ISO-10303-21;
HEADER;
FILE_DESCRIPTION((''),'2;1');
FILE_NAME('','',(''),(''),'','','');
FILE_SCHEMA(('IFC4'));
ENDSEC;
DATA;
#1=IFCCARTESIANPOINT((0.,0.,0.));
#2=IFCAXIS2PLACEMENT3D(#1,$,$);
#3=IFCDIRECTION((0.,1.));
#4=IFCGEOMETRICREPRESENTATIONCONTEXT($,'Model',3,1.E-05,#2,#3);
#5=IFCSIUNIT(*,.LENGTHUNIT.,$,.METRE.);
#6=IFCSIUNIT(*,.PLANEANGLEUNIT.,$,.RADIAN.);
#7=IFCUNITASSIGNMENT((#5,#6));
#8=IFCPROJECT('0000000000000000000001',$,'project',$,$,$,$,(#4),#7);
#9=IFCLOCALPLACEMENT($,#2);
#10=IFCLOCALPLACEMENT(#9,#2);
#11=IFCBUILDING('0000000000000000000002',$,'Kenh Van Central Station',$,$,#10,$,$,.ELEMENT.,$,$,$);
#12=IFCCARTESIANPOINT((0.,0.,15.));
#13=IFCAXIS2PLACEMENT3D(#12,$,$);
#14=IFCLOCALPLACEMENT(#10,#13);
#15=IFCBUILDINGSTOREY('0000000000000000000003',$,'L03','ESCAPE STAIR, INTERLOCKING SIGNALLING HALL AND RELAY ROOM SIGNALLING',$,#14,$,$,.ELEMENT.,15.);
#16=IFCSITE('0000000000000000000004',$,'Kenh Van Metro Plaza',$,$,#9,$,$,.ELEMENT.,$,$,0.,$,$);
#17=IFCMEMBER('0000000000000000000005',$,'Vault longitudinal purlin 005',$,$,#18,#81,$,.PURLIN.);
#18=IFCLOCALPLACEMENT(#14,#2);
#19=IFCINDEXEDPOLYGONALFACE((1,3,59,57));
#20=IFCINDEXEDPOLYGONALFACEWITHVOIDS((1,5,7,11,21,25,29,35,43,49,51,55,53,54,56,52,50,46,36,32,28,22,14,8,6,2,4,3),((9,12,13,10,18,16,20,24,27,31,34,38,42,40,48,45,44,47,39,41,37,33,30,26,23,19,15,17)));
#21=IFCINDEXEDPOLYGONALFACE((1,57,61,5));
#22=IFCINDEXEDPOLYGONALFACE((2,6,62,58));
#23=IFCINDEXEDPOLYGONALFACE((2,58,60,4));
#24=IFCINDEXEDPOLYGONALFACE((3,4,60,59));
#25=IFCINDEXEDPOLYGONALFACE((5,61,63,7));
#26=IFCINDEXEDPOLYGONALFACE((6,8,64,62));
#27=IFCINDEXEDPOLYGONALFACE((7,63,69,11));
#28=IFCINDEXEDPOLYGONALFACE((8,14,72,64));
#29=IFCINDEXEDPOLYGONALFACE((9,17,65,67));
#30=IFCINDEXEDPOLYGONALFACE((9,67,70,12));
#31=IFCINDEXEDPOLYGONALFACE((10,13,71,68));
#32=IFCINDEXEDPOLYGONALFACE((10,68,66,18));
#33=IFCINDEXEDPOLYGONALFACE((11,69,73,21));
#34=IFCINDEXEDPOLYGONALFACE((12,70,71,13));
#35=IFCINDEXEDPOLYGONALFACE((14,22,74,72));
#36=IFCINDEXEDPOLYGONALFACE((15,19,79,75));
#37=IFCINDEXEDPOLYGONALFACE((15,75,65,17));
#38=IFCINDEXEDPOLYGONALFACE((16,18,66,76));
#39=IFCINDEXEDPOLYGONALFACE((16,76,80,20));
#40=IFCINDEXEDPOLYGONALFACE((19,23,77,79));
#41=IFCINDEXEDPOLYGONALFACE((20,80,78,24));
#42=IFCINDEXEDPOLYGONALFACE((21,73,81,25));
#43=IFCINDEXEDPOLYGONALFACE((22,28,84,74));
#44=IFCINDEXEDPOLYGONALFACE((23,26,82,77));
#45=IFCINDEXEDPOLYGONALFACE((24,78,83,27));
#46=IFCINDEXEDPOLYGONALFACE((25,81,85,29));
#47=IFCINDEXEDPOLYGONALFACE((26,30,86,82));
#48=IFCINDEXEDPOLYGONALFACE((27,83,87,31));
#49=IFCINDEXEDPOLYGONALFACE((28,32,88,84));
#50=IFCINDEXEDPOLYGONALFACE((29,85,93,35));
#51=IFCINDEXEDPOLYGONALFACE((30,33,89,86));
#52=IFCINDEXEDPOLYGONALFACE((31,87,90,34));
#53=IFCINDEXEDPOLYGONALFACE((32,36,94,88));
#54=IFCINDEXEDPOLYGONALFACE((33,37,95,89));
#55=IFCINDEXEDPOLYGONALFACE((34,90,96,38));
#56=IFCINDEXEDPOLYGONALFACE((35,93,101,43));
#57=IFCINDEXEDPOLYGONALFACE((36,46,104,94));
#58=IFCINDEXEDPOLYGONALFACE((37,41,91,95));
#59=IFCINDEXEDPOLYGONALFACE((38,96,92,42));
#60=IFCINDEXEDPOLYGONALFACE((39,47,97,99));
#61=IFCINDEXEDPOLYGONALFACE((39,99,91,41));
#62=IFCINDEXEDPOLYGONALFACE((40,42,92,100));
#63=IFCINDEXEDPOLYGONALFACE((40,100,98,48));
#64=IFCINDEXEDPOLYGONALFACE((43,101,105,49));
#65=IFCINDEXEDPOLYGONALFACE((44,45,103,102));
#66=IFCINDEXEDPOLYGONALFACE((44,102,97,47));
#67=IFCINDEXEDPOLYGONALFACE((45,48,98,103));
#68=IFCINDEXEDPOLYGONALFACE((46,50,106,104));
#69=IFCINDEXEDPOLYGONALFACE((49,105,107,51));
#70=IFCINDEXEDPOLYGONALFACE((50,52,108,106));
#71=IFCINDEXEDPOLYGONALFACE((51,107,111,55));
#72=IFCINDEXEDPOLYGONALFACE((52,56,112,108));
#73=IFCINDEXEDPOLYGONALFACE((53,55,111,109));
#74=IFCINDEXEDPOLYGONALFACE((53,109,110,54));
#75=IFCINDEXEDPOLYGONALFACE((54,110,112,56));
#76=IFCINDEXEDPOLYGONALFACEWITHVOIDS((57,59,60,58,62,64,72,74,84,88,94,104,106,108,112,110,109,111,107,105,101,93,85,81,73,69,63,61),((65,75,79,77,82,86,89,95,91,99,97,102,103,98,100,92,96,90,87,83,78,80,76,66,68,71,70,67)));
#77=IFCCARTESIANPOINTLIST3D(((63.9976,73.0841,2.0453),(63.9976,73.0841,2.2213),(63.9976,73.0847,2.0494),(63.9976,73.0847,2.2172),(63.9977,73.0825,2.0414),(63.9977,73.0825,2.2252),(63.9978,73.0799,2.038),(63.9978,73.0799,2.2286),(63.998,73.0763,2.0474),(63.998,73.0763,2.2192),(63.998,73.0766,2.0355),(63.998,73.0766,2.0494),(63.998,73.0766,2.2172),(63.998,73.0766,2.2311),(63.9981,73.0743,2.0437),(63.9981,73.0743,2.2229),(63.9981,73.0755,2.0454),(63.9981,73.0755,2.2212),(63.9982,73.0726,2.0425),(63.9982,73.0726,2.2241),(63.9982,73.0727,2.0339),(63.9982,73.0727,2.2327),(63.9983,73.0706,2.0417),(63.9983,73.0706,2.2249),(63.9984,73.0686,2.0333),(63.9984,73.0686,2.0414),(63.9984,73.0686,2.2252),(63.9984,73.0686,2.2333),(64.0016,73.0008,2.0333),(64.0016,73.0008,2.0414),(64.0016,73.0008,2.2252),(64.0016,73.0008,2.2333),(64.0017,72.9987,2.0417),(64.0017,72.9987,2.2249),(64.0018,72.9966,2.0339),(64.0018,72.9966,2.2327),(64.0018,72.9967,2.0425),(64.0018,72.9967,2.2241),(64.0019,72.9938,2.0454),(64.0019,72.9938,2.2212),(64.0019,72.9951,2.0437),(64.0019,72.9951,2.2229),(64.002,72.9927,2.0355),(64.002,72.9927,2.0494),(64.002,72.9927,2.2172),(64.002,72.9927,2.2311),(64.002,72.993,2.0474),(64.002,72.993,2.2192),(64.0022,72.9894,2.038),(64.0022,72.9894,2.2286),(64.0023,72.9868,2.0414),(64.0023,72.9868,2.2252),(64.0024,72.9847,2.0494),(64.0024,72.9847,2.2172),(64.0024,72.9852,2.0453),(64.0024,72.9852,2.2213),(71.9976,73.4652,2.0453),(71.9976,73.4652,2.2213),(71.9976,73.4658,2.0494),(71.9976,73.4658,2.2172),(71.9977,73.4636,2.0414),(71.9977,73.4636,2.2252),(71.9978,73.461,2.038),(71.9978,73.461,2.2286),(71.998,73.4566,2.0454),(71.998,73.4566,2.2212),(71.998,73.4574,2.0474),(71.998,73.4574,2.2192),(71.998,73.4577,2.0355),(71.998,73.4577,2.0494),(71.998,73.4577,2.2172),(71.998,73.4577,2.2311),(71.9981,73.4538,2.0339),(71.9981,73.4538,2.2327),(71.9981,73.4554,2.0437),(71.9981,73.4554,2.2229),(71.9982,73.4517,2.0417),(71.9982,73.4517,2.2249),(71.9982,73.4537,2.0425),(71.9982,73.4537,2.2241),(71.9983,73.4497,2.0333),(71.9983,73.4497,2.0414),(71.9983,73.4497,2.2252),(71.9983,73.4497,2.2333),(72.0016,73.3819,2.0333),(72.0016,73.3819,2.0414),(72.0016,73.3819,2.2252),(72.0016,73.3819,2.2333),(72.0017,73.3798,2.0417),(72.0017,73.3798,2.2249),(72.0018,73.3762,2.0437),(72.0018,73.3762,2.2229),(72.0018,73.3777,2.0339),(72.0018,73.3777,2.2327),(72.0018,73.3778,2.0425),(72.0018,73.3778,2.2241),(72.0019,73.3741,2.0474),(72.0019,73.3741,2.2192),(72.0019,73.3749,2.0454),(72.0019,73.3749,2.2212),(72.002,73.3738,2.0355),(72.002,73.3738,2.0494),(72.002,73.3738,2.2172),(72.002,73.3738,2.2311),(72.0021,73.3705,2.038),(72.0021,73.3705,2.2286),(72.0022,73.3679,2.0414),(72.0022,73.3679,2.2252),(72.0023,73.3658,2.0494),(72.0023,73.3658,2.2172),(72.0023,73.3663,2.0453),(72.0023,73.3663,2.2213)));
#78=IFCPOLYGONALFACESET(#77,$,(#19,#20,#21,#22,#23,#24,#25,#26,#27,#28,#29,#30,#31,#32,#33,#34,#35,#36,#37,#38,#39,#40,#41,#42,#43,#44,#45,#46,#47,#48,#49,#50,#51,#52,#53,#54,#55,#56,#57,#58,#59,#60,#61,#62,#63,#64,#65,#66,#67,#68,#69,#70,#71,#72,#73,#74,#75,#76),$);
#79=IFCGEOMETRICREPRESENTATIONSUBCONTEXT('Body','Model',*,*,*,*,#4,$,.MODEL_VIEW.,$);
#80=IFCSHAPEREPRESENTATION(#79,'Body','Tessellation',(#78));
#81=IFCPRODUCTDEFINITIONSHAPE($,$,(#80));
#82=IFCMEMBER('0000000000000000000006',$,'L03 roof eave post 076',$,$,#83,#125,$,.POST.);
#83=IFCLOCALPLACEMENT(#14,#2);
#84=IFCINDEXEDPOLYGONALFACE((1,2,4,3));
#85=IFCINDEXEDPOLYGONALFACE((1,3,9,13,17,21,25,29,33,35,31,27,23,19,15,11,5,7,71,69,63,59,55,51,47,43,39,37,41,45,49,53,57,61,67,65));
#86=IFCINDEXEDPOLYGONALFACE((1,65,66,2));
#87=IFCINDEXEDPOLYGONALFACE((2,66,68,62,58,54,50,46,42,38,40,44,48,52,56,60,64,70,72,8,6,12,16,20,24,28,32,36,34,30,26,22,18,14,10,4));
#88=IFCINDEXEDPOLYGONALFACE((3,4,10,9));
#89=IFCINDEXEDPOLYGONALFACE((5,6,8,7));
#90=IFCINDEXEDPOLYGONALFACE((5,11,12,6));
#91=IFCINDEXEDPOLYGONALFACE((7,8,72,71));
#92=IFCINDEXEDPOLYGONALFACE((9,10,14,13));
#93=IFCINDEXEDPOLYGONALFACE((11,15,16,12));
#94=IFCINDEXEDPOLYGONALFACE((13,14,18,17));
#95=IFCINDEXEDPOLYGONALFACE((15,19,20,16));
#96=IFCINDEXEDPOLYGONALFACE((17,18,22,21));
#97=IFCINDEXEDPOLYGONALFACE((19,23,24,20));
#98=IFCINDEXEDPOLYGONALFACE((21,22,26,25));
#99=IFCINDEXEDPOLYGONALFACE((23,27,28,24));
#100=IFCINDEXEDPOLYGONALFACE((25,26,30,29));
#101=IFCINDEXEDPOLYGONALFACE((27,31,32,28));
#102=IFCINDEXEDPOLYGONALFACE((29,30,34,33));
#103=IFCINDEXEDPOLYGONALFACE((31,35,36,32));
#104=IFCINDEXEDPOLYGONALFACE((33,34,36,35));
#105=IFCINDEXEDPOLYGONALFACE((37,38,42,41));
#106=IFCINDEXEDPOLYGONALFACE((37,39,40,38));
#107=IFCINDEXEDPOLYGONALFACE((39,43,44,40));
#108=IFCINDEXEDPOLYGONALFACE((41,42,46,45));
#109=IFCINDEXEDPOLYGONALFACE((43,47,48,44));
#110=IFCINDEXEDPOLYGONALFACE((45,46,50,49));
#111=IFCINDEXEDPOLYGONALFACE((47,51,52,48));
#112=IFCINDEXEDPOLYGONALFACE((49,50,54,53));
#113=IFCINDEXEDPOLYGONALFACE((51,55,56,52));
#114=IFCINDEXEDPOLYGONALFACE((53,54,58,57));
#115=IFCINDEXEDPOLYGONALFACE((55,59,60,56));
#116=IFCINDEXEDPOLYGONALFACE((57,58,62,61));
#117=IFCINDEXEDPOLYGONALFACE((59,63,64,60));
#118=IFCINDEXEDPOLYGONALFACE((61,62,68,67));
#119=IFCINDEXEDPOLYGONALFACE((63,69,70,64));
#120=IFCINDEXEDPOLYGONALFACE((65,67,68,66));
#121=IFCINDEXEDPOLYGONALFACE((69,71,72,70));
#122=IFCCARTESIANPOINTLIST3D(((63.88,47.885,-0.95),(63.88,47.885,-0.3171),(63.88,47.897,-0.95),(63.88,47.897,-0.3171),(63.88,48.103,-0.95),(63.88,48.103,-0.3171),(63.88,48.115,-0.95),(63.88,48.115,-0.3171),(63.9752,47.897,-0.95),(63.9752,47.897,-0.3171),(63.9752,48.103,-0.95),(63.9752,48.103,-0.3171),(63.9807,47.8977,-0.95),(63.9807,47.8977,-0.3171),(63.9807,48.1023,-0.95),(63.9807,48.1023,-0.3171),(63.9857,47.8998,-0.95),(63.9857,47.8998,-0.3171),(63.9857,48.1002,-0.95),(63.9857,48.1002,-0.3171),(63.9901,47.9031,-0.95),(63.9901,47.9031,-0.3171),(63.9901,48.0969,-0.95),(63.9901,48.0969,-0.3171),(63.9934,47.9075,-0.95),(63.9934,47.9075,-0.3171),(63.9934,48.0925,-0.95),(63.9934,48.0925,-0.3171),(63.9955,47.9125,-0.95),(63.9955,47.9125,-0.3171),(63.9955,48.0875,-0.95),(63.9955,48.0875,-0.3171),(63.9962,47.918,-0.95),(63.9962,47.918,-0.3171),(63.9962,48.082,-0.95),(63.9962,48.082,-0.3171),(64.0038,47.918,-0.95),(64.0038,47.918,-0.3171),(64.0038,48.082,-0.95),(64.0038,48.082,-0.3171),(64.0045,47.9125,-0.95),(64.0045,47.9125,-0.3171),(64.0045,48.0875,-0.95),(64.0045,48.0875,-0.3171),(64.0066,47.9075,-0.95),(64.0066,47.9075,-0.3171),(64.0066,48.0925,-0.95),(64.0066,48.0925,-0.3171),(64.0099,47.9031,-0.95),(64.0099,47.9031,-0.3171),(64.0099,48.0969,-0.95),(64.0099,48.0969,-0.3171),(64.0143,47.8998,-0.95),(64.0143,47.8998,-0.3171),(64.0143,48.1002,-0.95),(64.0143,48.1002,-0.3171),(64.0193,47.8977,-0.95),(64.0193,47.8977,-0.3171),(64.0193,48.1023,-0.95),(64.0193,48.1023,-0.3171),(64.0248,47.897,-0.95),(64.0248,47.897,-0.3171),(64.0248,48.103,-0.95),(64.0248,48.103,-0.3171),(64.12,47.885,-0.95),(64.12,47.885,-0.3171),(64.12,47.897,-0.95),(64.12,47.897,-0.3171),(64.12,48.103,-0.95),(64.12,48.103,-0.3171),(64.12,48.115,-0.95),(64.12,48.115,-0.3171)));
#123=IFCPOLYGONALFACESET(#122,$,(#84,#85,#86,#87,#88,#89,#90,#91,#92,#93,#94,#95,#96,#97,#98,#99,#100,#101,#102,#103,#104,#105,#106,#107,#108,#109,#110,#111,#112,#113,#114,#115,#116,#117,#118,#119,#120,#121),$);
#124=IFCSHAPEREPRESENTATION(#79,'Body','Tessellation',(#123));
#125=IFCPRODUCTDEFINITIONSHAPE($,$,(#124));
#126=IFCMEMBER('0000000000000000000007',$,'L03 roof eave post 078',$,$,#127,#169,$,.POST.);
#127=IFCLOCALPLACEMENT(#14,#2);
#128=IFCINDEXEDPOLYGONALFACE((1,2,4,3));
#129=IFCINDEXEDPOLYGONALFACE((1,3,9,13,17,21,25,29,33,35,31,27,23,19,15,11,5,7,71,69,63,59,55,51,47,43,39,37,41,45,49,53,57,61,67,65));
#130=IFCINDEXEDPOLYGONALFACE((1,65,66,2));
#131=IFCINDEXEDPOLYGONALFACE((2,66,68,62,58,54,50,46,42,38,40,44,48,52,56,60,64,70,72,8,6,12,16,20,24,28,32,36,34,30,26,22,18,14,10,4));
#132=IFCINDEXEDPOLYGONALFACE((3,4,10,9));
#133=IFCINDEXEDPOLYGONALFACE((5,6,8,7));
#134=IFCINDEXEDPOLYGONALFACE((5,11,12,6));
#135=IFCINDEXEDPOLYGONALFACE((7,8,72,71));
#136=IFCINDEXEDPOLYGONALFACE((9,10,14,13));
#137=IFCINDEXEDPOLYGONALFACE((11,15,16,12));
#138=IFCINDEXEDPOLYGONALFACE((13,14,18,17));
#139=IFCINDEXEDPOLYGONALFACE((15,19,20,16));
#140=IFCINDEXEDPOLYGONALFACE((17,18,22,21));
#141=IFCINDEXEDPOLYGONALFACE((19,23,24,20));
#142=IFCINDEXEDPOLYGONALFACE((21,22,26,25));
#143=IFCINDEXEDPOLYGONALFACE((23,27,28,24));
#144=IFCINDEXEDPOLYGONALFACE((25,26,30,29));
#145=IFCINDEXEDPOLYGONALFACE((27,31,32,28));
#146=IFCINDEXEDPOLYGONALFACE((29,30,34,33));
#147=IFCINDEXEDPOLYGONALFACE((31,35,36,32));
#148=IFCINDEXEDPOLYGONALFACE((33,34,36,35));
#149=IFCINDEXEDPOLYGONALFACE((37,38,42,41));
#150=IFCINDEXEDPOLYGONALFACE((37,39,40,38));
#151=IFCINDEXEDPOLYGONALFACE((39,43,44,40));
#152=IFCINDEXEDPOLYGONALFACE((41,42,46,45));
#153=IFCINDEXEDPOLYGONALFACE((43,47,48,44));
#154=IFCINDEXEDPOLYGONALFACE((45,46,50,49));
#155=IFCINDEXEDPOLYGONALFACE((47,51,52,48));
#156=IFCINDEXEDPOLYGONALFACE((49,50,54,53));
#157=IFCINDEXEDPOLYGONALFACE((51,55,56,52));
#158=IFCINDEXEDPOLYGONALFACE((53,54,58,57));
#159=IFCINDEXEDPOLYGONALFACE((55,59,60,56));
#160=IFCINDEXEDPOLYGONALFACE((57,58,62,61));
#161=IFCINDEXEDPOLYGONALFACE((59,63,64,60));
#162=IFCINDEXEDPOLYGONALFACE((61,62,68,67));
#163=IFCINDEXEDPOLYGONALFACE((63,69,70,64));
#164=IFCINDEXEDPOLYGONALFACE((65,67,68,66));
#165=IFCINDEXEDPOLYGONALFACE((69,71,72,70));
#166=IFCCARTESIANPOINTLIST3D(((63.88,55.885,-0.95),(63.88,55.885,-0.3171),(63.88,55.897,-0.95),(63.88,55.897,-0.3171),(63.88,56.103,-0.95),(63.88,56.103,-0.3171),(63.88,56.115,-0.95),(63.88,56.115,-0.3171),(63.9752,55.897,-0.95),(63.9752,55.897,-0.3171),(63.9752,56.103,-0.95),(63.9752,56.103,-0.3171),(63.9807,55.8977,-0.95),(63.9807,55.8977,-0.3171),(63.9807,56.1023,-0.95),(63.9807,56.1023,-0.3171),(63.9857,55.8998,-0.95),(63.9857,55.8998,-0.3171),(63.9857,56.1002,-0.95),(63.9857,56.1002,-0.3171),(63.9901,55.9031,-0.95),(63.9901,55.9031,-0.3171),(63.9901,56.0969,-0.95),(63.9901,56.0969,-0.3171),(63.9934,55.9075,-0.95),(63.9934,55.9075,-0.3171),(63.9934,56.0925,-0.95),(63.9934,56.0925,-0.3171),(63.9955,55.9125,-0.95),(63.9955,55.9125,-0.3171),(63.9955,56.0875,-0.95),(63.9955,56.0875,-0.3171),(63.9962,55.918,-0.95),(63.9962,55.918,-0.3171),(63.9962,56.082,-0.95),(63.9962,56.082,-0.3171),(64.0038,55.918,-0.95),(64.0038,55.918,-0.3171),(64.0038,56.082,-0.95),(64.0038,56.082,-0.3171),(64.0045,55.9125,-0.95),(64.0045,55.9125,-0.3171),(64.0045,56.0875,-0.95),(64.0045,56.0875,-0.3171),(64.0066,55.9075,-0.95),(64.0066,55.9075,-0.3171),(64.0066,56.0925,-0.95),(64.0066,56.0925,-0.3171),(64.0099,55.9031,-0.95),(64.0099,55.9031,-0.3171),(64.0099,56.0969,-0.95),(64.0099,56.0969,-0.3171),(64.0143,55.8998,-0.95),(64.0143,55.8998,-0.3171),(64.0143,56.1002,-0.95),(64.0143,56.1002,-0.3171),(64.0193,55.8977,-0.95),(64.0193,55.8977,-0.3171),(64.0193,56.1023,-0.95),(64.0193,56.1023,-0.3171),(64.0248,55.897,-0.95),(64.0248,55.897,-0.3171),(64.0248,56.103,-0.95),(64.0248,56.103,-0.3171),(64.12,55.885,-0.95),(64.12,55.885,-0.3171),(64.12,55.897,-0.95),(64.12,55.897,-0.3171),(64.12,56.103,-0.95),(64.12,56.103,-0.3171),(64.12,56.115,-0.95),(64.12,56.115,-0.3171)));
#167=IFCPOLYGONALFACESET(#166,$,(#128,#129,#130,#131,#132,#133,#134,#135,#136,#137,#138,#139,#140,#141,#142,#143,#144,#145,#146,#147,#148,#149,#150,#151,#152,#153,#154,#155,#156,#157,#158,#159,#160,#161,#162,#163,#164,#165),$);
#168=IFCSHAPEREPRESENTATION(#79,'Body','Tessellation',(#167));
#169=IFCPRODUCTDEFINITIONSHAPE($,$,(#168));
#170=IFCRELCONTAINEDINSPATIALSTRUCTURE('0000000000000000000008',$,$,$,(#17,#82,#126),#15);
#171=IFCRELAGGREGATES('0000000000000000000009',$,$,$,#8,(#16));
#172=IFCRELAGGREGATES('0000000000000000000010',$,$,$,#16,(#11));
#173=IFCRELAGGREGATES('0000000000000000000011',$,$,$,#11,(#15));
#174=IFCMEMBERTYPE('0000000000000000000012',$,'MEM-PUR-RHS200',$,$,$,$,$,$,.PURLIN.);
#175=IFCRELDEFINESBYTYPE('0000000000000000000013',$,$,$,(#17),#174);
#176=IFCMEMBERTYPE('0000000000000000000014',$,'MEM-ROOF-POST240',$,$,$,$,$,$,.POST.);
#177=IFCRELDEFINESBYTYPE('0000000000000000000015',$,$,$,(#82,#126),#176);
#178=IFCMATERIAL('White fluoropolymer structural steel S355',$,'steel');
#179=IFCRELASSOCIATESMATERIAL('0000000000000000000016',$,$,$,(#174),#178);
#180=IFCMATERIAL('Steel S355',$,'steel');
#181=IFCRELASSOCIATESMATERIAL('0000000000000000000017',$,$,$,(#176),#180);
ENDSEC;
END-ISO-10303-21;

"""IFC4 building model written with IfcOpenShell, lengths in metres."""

from ifc_helpers import new_model, si_unit, direction, frame, origin, origin_2d, place, context, subcontext, project, spatial, hollow_rectangle, i_section, extrude, material, material_profile, profile_set, type_object, element, save


model = new_model("IFC4")

# Units and contexts
model_context = context("Model", 3, precision=1e-05, world=origin(), true_north=direction((0.0, 1.0)))
body_context = subcontext(model_context, "Body", "Model", "MODEL_VIEW")
ifc_project = project(units=[si_unit("LENGTHUNIT", "METRE"), si_unit("PLANEANGLEUNIT", "RADIAN")], contexts=[model_context])

# Site, building, storey
site_placement = place(None, origin())
site = spatial("IfcSite", under=ifc_project, at=site_placement, Name="Kenh Van Metro Plaza", CompositionType="ELEMENT", RefElevation=0.0)
building_placement = place(site_placement, origin())
building = spatial("IfcBuilding", under=site, at=building_placement, Name="Kenh Van Central Station", CompositionType="ELEMENT")
storey_placement = place(building_placement, frame((0.0, 0.0, 15.0)))
storey = spatial("IfcBuildingStorey", under=building, at=storey_placement, Name="L03", Description="ESCAPE STAIR, INTERLOCKING SIGNALLING HALL AND RELAY ROOM SIGNALLING", CompositionType="ELEMENT", Elevation=15.0)

# Shared definitions
ifc_material_1 = material(Name="Steel S355", Category="steel")
ifc_material_2 = material(Name="White fluoropolymer structural steel S355", Category="steel")

# Members
ifc_material_profile_1 = material_profile(ifc_material_2, hollow_rectangle(XDim=0.1001, YDim=0.2, WallThickness=0.0081, InnerFilletRadius=0.0081, OuterFilletRadius=0.0161, at=origin_2d()), Name="RHS 200x100x8")
ifc_profile_set_1 = profile_set([ifc_material_profile_1], Name="White fluoropolymer structural steel S355")
member_type_1 = type_object("IfcMemberType", Name="MEM-PUR-RHS200", PredefinedType="PURLIN", material=ifc_profile_set_1)
member_1_placement = place(storey_placement, frame((64.0, 73.0347, 2.1333), z_axis=(0.998867, 0.047584, 0.0), x_axis=(-0.047584, 0.998867, 0.0)))
element("IfcMember", 1, at=member_1_placement, inside=storey, type_object=member_type_1, Name="Vault longitudinal purlin 005", PredefinedType="PURLIN", context=body_context, shape_type="SweptSolid", body=[
    extrude(hollow_rectangle(XDim=0.1001, YDim=0.2, WallThickness=0.0081, InnerFilletRadius=0.0081, OuterFilletRadius=0.0161, at=origin_2d()), origin(), (0.0, 0.0, 1.0), 8.009),
])
ifc_material_profile_2 = material_profile(ifc_material_1, i_section(OverallWidth=0.24, OverallDepth=0.23, WebThickness=0.0076, FlangeThickness=0.012, FilletRadius=0.021, at=origin_2d()), Name="HEA 240")
ifc_profile_set_2 = profile_set([ifc_material_profile_2], Name="Steel S355")
member_type_2 = type_object("IfcMemberType", Name="MEM-ROOF-POST240", PredefinedType="POST", material=ifc_profile_set_2)
for number, where, z_axis, x_axis, name in (
    (2, (64.0, 48.0, -0.95), (0.0, 0.0, 1.0), (1.0, 0.0, 0.0), "L03 roof eave post 076"),
    (3, (64.0, 56.0, -0.95), (0.0, 0.0, 1.0), (1.0, 0.0, 0.0), "L03 roof eave post 078"),
):
    element("IfcMember", number, at=place(storey_placement, frame(where, z_axis=z_axis, x_axis=x_axis)), inside=storey, type_object=member_type_2, Name=name, PredefinedType="POST", context=body_context, shape_type="SweptSolid", body=[
        extrude(i_section(OverallWidth=0.24, OverallDepth=0.23, WebThickness=0.0076, FlangeThickness=0.012, FilletRadius=0.021, at=origin_2d()), origin(), (0.0, 0.0, 1.0), 0.6328),
    ])

save(model, "model.ifc")
